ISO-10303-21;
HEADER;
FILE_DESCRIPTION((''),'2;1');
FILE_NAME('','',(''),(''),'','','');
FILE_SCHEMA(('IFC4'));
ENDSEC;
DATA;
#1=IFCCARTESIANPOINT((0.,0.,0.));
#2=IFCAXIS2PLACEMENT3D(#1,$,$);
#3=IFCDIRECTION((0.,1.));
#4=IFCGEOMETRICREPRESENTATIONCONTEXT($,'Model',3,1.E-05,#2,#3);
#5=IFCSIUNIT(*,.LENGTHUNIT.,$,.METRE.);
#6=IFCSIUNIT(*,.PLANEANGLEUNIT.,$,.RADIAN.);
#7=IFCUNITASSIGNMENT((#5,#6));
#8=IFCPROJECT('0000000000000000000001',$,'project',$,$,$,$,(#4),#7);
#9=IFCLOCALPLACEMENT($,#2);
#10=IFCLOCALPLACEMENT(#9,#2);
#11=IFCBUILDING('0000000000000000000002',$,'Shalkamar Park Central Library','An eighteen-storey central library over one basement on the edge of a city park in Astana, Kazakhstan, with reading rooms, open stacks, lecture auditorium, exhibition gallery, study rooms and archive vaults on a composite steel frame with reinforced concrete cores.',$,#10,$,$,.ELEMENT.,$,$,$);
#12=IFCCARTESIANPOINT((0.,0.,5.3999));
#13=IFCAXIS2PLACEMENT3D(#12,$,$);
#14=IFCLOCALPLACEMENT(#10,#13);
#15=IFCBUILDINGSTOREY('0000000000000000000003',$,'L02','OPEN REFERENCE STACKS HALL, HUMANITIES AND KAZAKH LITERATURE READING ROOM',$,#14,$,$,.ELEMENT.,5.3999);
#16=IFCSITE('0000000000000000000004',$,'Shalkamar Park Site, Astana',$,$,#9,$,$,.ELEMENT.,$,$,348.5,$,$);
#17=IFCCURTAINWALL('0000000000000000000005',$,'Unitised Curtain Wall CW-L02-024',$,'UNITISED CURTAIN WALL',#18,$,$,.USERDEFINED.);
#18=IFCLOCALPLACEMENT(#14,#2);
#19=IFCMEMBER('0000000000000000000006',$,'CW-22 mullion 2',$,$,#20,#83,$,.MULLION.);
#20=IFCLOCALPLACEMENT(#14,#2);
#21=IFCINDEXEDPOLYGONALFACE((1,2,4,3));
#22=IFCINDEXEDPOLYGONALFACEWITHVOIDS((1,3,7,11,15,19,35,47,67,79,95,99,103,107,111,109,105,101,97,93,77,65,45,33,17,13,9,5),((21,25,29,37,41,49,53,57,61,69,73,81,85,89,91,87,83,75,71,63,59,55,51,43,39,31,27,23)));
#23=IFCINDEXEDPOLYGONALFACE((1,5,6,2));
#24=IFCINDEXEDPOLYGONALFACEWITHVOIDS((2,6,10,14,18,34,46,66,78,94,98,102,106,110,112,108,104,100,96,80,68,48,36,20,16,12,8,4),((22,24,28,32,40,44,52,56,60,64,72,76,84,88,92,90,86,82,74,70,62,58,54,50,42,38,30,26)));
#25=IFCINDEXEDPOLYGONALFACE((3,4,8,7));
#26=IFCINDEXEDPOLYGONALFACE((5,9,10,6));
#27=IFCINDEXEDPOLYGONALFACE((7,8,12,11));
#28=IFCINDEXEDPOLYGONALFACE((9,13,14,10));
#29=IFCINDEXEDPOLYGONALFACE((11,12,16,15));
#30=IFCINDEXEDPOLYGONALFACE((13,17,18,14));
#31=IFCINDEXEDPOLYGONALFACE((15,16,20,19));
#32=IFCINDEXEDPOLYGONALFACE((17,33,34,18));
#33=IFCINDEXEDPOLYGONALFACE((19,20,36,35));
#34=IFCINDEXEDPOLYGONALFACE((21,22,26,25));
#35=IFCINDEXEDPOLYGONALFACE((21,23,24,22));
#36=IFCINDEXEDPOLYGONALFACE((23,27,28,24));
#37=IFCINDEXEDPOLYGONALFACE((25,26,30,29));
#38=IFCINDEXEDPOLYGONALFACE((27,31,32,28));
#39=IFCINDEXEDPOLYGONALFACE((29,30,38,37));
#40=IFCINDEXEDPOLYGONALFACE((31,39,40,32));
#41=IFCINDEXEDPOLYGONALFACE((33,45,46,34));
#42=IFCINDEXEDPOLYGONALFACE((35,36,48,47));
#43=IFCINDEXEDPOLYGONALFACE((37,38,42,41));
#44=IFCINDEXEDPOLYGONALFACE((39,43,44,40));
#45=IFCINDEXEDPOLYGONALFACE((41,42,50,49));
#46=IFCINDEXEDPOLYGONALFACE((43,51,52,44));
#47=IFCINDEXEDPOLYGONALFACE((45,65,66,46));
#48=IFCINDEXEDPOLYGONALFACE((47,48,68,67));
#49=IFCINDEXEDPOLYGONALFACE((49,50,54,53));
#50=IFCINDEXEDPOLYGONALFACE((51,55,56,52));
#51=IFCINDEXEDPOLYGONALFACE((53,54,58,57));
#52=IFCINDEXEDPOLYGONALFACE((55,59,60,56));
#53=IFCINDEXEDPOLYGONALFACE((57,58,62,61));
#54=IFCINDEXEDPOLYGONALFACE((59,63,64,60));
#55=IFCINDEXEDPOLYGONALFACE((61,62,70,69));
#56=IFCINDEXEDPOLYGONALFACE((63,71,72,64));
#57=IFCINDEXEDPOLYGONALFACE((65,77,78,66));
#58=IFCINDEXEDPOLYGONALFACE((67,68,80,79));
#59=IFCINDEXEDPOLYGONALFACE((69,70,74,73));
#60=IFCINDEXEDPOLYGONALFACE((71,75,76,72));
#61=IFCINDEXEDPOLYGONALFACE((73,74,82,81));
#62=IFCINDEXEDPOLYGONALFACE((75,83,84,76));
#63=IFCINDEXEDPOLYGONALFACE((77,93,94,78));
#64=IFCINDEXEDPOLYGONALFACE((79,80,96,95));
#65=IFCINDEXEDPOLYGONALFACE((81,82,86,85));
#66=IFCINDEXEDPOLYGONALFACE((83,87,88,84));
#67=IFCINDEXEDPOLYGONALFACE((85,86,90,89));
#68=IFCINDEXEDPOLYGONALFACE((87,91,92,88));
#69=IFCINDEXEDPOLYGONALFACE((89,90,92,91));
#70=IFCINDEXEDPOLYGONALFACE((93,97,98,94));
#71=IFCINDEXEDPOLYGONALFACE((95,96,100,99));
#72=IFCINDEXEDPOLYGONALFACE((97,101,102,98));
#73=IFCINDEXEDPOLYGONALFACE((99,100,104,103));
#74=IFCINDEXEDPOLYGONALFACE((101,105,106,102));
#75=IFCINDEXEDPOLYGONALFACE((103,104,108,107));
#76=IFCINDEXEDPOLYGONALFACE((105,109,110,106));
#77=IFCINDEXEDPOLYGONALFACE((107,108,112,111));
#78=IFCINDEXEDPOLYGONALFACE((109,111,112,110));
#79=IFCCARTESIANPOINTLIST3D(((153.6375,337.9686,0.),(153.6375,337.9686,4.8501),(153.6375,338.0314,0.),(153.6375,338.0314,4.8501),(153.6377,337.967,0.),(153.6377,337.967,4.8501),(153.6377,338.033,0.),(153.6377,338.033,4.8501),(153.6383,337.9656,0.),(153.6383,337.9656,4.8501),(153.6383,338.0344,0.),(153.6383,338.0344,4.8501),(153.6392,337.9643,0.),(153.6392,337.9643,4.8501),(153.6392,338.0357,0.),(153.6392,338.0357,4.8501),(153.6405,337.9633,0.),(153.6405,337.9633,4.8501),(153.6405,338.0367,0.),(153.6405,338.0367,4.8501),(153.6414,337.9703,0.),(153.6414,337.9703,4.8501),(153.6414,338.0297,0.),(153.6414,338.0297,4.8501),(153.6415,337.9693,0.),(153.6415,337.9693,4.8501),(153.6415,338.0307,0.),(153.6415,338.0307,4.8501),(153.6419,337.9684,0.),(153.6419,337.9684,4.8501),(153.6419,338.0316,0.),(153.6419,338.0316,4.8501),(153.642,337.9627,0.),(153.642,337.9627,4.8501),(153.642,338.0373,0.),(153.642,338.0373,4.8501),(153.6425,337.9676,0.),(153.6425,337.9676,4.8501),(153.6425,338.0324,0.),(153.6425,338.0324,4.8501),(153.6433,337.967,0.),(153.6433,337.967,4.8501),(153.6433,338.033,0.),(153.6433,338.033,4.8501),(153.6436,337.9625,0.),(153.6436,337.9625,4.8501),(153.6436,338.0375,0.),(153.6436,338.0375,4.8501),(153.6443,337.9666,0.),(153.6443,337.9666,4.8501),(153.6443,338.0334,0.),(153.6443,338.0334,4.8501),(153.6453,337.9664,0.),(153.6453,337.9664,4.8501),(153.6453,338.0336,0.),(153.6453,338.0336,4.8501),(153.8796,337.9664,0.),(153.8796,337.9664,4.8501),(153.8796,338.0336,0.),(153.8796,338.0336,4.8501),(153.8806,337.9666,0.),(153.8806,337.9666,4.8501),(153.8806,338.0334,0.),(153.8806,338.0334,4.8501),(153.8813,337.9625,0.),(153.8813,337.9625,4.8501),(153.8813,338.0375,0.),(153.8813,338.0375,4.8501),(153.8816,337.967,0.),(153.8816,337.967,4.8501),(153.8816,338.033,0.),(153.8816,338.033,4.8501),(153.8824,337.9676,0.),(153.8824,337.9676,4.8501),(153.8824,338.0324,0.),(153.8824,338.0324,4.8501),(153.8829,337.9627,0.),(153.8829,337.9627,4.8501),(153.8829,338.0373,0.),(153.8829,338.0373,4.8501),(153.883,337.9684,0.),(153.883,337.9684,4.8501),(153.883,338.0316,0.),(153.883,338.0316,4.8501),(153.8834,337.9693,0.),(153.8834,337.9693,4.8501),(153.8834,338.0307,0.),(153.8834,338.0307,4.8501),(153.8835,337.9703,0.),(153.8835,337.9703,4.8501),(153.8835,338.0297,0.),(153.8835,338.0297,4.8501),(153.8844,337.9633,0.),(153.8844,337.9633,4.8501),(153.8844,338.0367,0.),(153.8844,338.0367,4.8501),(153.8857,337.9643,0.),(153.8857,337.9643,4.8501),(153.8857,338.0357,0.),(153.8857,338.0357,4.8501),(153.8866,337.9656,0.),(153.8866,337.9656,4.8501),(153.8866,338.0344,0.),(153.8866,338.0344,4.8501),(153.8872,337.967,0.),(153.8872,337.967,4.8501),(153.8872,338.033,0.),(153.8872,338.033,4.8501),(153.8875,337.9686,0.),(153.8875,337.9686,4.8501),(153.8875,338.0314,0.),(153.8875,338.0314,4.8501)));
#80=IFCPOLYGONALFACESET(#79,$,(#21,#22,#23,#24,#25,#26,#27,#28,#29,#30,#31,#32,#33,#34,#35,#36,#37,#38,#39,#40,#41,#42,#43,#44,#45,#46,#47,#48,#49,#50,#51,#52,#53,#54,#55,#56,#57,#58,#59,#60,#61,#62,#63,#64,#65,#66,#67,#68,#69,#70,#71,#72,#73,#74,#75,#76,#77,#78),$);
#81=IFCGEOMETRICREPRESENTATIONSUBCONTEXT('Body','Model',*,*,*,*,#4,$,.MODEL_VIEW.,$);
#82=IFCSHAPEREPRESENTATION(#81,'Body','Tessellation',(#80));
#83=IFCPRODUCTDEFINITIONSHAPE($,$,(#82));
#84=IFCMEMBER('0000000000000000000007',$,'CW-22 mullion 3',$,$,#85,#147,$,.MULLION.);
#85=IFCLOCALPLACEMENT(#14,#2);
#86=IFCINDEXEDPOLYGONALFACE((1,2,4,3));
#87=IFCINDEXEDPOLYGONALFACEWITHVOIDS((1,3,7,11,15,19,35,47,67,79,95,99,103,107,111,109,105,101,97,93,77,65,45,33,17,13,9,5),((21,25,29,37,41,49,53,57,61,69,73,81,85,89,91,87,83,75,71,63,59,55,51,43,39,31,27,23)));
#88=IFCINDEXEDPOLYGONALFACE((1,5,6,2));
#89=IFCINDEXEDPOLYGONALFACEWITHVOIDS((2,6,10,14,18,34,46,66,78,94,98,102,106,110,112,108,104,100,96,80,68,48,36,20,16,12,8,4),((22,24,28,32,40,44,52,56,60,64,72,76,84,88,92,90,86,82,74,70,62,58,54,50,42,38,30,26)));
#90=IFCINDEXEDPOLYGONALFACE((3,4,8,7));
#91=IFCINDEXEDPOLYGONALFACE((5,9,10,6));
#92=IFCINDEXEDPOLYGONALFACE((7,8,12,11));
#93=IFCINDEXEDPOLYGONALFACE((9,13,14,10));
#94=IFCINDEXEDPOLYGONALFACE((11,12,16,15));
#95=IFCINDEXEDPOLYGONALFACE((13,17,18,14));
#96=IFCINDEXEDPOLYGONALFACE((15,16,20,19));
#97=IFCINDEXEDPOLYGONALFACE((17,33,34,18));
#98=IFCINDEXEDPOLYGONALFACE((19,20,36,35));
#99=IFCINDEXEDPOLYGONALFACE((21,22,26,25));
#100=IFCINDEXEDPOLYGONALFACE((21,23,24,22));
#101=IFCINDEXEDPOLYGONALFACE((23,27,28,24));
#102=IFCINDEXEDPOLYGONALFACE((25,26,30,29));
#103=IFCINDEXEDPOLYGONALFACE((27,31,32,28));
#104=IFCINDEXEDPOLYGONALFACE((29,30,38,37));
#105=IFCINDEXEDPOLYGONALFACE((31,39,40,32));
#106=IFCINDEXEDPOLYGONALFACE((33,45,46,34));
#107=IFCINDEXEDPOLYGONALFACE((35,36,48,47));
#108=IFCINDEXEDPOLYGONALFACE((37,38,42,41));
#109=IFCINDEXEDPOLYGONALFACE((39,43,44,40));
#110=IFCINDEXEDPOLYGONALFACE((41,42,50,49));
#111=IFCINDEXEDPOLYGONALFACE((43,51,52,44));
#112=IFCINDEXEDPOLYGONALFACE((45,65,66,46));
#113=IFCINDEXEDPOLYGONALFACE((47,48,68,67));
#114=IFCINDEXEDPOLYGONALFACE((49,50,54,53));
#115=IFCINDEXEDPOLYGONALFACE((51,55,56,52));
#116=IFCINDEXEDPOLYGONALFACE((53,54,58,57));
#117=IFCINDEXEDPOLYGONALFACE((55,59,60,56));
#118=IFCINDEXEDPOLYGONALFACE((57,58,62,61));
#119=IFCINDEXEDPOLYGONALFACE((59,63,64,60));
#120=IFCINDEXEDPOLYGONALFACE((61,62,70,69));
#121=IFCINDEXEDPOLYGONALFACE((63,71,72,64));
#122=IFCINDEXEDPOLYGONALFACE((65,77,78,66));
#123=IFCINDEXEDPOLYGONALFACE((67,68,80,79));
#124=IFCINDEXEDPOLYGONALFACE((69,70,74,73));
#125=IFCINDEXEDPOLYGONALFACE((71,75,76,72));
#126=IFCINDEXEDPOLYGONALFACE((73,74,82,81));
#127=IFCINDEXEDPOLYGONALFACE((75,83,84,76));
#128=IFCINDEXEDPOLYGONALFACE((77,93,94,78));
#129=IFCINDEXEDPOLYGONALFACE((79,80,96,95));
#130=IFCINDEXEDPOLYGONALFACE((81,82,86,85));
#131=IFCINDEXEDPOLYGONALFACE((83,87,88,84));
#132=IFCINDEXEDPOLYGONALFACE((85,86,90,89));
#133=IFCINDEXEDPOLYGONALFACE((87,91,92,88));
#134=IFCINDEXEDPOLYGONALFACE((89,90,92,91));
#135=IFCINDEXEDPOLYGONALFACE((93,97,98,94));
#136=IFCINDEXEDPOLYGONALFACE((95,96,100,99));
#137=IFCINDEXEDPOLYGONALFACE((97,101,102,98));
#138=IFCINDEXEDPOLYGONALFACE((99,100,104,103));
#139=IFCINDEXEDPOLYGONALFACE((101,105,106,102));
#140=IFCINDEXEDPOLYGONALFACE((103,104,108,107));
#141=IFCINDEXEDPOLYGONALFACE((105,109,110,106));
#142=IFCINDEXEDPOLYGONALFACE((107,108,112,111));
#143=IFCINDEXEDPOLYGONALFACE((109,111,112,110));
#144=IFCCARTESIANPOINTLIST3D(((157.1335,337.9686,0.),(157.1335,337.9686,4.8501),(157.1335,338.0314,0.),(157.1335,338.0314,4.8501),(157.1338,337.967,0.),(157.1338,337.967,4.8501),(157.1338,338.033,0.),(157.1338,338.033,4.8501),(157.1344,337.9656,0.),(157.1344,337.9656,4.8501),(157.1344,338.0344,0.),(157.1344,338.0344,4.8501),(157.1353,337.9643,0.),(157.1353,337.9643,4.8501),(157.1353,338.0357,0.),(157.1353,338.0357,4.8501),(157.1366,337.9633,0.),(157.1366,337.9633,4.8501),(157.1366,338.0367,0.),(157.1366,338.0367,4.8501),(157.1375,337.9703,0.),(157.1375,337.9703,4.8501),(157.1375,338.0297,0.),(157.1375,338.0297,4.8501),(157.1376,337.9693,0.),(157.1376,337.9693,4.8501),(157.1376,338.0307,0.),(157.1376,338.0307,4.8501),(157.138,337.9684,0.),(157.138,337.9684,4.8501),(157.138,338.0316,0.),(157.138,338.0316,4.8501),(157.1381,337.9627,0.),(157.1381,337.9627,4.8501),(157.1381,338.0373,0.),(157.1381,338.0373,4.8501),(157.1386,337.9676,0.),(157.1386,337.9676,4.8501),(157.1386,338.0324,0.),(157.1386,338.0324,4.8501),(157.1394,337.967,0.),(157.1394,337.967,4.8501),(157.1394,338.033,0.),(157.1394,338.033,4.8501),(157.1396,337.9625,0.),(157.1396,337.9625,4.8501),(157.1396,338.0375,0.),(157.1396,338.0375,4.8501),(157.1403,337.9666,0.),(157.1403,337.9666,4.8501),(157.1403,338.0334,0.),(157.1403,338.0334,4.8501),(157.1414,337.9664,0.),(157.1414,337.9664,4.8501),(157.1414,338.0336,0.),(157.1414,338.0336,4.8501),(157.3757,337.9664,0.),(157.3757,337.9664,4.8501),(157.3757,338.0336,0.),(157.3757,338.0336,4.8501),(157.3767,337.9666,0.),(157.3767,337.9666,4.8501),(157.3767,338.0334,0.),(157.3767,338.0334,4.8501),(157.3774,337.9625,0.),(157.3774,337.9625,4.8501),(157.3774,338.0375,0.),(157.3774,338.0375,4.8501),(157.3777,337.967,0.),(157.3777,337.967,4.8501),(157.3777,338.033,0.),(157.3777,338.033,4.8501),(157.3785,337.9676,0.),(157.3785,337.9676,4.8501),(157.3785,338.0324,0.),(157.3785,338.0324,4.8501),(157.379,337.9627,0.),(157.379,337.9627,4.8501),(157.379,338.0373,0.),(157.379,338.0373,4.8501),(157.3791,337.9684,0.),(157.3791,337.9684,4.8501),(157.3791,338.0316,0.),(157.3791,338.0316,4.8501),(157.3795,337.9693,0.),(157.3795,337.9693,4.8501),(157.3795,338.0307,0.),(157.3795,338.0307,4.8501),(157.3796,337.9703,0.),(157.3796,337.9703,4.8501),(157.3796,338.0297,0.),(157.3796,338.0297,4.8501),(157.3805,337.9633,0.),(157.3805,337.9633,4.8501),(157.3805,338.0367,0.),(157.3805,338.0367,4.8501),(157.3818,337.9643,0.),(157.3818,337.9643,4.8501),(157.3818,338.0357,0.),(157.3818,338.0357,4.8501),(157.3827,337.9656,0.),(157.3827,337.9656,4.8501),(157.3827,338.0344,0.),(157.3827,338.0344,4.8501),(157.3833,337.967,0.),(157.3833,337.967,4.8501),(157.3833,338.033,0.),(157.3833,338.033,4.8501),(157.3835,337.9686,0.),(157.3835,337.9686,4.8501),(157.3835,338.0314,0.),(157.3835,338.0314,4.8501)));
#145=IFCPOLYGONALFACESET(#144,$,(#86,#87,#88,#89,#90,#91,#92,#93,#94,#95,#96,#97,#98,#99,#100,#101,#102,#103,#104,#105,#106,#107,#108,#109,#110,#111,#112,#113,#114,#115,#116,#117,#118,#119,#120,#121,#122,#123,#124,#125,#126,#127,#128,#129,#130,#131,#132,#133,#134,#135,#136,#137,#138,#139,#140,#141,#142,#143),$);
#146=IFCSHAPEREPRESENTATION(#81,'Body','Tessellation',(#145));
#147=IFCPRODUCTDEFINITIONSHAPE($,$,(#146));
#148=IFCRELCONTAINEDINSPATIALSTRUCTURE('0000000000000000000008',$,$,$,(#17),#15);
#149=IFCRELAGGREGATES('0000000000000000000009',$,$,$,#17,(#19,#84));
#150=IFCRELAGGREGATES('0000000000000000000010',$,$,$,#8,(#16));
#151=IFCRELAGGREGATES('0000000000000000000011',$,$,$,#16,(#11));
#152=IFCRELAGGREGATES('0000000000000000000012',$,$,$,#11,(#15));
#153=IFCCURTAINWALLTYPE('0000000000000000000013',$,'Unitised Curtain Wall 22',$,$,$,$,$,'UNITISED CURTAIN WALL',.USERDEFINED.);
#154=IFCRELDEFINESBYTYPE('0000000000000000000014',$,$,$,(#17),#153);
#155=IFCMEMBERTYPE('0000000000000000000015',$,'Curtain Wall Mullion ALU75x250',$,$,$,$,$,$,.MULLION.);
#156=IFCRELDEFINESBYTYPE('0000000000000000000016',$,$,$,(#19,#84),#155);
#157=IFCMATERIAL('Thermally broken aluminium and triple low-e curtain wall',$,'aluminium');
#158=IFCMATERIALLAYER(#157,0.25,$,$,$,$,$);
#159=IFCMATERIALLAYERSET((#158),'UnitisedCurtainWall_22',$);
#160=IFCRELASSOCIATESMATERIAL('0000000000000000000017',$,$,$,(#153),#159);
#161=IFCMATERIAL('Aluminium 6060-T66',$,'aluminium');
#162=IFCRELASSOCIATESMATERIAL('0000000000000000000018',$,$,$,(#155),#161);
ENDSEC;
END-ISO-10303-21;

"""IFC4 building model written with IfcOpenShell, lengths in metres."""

from ifc_helpers import new_model, si_unit, direction, frame, origin, origin_2d, place, context, subcontext, project, spatial, hollow_rectangle, extrude, material, layer, layer_set, material_profile, profile_set, type_object, element, aggregate, save


model = new_model("IFC4")

# Units and contexts
model_context = context("Model", 3, precision=1e-05, world=origin(), true_north=direction((0.0, 1.0)))
body_context = subcontext(model_context, "Body", "Model", "MODEL_VIEW")
ifc_project = project(units=[si_unit("LENGTHUNIT", "METRE"), si_unit("PLANEANGLEUNIT", "RADIAN")], contexts=[model_context])

# Site, building, storey
site_placement = place(None, origin())
site = spatial("IfcSite", under=ifc_project, at=site_placement, Name="Shalkamar Park Site, Astana", CompositionType="ELEMENT", RefElevation=348.5)
building_placement = place(site_placement, origin())
building = spatial("IfcBuilding", under=site, at=building_placement, Name="Shalkamar Park Central Library", Description="An eighteen-storey central library over one basement on the edge of a city park in Astana, Kazakhstan, with reading rooms, open stacks, lecture auditorium, exhibition gallery, study rooms and archive vaults on a composite steel frame with reinforced concrete cores.", CompositionType="ELEMENT")
storey_placement = place(building_placement, frame((0.0, 0.0, 5.3999)))
storey = spatial("IfcBuildingStorey", under=building, at=storey_placement, Name="L02", Description="OPEN REFERENCE STACKS HALL, HUMANITIES AND KAZAKH LITERATURE READING ROOM", CompositionType="ELEMENT", Elevation=5.3999)

# Curtain wall, members
ifc_material_1 = material(Name="Thermally broken aluminium and triple low-e curtain wall", Category="aluminium")
ifc_layer_1 = layer(ifc_material_1, 0.25)
ifc_layer_set_1 = layer_set([ifc_layer_1], Name="UnitisedCurtainWall_22")
curtain_wall_type_1 = type_object("IfcCurtainWallType", Name="Unitised Curtain Wall 22", ElementType="UNITISED CURTAIN WALL", PredefinedType="USERDEFINED", material=ifc_layer_set_1)
curtain_wall_1_placement = place(storey_placement, origin())
curtain_wall_1 = element("IfcCurtainWall", 1, at=curtain_wall_1_placement, inside=storey, type_object=curtain_wall_type_1, Name="Unitised Curtain Wall CW-L02-024", ObjectType="UNITISED CURTAIN WALL", PredefinedType="USERDEFINED")
ifc_material_2 = material(Name="Aluminium 6060-T66", Category="aluminium")
ifc_material_profile_1 = material_profile(ifc_material_2, hollow_rectangle(XDim=0.075, YDim=0.25, WallThickness=0.0039, InnerFilletRadius=0.0039, OuterFilletRadius=0.0061, at=origin_2d()), Name="ALU 75x250x4")
ifc_profile_set_1 = profile_set([ifc_material_profile_1], Name="Aluminium 6060-T66")
member_type_1 = type_object("IfcMemberType", Name="Curtain Wall Mullion ALU75x250", PredefinedType="MULLION", material=ifc_profile_set_1)
member_1_placement = place(storey_placement, frame((153.7625, 338.0, 0.0), z_axis=(0.0, 0.0, 1.0), x_axis=(0.0, 1.0, 0.0)))
member_1 = element("IfcMember", 2, at=member_1_placement, type_object=member_type_1, Name="CW-22 mullion 2", PredefinedType="MULLION", context=body_context, shape_type="SweptSolid", body=[
    extrude(hollow_rectangle(XDim=0.075, YDim=0.25, WallThickness=0.0039, InnerFilletRadius=0.0039, OuterFilletRadius=0.0061, at=origin_2d()), origin(), (0.0, 0.0, 1.0), 4.8501),
])
member_2_placement = place(storey_placement, frame((157.2585, 338.0, 0.0), z_axis=(0.0, 0.0, 1.0), x_axis=(0.0, 1.0, 0.0)))
member_2 = element("IfcMember", 3, at=member_2_placement, type_object=member_type_1, Name="CW-22 mullion 3", PredefinedType="MULLION", context=body_context, shape_type="SweptSolid", body=[
    extrude(hollow_rectangle(XDim=0.075, YDim=0.25, WallThickness=0.0039, InnerFilletRadius=0.0039, OuterFilletRadius=0.0061, at=origin_2d()), origin(), (0.0, 0.0, 1.0), 4.8501),
])

aggregate(curtain_wall_1, [member_1, member_2])

save(model, "model.ifc")
